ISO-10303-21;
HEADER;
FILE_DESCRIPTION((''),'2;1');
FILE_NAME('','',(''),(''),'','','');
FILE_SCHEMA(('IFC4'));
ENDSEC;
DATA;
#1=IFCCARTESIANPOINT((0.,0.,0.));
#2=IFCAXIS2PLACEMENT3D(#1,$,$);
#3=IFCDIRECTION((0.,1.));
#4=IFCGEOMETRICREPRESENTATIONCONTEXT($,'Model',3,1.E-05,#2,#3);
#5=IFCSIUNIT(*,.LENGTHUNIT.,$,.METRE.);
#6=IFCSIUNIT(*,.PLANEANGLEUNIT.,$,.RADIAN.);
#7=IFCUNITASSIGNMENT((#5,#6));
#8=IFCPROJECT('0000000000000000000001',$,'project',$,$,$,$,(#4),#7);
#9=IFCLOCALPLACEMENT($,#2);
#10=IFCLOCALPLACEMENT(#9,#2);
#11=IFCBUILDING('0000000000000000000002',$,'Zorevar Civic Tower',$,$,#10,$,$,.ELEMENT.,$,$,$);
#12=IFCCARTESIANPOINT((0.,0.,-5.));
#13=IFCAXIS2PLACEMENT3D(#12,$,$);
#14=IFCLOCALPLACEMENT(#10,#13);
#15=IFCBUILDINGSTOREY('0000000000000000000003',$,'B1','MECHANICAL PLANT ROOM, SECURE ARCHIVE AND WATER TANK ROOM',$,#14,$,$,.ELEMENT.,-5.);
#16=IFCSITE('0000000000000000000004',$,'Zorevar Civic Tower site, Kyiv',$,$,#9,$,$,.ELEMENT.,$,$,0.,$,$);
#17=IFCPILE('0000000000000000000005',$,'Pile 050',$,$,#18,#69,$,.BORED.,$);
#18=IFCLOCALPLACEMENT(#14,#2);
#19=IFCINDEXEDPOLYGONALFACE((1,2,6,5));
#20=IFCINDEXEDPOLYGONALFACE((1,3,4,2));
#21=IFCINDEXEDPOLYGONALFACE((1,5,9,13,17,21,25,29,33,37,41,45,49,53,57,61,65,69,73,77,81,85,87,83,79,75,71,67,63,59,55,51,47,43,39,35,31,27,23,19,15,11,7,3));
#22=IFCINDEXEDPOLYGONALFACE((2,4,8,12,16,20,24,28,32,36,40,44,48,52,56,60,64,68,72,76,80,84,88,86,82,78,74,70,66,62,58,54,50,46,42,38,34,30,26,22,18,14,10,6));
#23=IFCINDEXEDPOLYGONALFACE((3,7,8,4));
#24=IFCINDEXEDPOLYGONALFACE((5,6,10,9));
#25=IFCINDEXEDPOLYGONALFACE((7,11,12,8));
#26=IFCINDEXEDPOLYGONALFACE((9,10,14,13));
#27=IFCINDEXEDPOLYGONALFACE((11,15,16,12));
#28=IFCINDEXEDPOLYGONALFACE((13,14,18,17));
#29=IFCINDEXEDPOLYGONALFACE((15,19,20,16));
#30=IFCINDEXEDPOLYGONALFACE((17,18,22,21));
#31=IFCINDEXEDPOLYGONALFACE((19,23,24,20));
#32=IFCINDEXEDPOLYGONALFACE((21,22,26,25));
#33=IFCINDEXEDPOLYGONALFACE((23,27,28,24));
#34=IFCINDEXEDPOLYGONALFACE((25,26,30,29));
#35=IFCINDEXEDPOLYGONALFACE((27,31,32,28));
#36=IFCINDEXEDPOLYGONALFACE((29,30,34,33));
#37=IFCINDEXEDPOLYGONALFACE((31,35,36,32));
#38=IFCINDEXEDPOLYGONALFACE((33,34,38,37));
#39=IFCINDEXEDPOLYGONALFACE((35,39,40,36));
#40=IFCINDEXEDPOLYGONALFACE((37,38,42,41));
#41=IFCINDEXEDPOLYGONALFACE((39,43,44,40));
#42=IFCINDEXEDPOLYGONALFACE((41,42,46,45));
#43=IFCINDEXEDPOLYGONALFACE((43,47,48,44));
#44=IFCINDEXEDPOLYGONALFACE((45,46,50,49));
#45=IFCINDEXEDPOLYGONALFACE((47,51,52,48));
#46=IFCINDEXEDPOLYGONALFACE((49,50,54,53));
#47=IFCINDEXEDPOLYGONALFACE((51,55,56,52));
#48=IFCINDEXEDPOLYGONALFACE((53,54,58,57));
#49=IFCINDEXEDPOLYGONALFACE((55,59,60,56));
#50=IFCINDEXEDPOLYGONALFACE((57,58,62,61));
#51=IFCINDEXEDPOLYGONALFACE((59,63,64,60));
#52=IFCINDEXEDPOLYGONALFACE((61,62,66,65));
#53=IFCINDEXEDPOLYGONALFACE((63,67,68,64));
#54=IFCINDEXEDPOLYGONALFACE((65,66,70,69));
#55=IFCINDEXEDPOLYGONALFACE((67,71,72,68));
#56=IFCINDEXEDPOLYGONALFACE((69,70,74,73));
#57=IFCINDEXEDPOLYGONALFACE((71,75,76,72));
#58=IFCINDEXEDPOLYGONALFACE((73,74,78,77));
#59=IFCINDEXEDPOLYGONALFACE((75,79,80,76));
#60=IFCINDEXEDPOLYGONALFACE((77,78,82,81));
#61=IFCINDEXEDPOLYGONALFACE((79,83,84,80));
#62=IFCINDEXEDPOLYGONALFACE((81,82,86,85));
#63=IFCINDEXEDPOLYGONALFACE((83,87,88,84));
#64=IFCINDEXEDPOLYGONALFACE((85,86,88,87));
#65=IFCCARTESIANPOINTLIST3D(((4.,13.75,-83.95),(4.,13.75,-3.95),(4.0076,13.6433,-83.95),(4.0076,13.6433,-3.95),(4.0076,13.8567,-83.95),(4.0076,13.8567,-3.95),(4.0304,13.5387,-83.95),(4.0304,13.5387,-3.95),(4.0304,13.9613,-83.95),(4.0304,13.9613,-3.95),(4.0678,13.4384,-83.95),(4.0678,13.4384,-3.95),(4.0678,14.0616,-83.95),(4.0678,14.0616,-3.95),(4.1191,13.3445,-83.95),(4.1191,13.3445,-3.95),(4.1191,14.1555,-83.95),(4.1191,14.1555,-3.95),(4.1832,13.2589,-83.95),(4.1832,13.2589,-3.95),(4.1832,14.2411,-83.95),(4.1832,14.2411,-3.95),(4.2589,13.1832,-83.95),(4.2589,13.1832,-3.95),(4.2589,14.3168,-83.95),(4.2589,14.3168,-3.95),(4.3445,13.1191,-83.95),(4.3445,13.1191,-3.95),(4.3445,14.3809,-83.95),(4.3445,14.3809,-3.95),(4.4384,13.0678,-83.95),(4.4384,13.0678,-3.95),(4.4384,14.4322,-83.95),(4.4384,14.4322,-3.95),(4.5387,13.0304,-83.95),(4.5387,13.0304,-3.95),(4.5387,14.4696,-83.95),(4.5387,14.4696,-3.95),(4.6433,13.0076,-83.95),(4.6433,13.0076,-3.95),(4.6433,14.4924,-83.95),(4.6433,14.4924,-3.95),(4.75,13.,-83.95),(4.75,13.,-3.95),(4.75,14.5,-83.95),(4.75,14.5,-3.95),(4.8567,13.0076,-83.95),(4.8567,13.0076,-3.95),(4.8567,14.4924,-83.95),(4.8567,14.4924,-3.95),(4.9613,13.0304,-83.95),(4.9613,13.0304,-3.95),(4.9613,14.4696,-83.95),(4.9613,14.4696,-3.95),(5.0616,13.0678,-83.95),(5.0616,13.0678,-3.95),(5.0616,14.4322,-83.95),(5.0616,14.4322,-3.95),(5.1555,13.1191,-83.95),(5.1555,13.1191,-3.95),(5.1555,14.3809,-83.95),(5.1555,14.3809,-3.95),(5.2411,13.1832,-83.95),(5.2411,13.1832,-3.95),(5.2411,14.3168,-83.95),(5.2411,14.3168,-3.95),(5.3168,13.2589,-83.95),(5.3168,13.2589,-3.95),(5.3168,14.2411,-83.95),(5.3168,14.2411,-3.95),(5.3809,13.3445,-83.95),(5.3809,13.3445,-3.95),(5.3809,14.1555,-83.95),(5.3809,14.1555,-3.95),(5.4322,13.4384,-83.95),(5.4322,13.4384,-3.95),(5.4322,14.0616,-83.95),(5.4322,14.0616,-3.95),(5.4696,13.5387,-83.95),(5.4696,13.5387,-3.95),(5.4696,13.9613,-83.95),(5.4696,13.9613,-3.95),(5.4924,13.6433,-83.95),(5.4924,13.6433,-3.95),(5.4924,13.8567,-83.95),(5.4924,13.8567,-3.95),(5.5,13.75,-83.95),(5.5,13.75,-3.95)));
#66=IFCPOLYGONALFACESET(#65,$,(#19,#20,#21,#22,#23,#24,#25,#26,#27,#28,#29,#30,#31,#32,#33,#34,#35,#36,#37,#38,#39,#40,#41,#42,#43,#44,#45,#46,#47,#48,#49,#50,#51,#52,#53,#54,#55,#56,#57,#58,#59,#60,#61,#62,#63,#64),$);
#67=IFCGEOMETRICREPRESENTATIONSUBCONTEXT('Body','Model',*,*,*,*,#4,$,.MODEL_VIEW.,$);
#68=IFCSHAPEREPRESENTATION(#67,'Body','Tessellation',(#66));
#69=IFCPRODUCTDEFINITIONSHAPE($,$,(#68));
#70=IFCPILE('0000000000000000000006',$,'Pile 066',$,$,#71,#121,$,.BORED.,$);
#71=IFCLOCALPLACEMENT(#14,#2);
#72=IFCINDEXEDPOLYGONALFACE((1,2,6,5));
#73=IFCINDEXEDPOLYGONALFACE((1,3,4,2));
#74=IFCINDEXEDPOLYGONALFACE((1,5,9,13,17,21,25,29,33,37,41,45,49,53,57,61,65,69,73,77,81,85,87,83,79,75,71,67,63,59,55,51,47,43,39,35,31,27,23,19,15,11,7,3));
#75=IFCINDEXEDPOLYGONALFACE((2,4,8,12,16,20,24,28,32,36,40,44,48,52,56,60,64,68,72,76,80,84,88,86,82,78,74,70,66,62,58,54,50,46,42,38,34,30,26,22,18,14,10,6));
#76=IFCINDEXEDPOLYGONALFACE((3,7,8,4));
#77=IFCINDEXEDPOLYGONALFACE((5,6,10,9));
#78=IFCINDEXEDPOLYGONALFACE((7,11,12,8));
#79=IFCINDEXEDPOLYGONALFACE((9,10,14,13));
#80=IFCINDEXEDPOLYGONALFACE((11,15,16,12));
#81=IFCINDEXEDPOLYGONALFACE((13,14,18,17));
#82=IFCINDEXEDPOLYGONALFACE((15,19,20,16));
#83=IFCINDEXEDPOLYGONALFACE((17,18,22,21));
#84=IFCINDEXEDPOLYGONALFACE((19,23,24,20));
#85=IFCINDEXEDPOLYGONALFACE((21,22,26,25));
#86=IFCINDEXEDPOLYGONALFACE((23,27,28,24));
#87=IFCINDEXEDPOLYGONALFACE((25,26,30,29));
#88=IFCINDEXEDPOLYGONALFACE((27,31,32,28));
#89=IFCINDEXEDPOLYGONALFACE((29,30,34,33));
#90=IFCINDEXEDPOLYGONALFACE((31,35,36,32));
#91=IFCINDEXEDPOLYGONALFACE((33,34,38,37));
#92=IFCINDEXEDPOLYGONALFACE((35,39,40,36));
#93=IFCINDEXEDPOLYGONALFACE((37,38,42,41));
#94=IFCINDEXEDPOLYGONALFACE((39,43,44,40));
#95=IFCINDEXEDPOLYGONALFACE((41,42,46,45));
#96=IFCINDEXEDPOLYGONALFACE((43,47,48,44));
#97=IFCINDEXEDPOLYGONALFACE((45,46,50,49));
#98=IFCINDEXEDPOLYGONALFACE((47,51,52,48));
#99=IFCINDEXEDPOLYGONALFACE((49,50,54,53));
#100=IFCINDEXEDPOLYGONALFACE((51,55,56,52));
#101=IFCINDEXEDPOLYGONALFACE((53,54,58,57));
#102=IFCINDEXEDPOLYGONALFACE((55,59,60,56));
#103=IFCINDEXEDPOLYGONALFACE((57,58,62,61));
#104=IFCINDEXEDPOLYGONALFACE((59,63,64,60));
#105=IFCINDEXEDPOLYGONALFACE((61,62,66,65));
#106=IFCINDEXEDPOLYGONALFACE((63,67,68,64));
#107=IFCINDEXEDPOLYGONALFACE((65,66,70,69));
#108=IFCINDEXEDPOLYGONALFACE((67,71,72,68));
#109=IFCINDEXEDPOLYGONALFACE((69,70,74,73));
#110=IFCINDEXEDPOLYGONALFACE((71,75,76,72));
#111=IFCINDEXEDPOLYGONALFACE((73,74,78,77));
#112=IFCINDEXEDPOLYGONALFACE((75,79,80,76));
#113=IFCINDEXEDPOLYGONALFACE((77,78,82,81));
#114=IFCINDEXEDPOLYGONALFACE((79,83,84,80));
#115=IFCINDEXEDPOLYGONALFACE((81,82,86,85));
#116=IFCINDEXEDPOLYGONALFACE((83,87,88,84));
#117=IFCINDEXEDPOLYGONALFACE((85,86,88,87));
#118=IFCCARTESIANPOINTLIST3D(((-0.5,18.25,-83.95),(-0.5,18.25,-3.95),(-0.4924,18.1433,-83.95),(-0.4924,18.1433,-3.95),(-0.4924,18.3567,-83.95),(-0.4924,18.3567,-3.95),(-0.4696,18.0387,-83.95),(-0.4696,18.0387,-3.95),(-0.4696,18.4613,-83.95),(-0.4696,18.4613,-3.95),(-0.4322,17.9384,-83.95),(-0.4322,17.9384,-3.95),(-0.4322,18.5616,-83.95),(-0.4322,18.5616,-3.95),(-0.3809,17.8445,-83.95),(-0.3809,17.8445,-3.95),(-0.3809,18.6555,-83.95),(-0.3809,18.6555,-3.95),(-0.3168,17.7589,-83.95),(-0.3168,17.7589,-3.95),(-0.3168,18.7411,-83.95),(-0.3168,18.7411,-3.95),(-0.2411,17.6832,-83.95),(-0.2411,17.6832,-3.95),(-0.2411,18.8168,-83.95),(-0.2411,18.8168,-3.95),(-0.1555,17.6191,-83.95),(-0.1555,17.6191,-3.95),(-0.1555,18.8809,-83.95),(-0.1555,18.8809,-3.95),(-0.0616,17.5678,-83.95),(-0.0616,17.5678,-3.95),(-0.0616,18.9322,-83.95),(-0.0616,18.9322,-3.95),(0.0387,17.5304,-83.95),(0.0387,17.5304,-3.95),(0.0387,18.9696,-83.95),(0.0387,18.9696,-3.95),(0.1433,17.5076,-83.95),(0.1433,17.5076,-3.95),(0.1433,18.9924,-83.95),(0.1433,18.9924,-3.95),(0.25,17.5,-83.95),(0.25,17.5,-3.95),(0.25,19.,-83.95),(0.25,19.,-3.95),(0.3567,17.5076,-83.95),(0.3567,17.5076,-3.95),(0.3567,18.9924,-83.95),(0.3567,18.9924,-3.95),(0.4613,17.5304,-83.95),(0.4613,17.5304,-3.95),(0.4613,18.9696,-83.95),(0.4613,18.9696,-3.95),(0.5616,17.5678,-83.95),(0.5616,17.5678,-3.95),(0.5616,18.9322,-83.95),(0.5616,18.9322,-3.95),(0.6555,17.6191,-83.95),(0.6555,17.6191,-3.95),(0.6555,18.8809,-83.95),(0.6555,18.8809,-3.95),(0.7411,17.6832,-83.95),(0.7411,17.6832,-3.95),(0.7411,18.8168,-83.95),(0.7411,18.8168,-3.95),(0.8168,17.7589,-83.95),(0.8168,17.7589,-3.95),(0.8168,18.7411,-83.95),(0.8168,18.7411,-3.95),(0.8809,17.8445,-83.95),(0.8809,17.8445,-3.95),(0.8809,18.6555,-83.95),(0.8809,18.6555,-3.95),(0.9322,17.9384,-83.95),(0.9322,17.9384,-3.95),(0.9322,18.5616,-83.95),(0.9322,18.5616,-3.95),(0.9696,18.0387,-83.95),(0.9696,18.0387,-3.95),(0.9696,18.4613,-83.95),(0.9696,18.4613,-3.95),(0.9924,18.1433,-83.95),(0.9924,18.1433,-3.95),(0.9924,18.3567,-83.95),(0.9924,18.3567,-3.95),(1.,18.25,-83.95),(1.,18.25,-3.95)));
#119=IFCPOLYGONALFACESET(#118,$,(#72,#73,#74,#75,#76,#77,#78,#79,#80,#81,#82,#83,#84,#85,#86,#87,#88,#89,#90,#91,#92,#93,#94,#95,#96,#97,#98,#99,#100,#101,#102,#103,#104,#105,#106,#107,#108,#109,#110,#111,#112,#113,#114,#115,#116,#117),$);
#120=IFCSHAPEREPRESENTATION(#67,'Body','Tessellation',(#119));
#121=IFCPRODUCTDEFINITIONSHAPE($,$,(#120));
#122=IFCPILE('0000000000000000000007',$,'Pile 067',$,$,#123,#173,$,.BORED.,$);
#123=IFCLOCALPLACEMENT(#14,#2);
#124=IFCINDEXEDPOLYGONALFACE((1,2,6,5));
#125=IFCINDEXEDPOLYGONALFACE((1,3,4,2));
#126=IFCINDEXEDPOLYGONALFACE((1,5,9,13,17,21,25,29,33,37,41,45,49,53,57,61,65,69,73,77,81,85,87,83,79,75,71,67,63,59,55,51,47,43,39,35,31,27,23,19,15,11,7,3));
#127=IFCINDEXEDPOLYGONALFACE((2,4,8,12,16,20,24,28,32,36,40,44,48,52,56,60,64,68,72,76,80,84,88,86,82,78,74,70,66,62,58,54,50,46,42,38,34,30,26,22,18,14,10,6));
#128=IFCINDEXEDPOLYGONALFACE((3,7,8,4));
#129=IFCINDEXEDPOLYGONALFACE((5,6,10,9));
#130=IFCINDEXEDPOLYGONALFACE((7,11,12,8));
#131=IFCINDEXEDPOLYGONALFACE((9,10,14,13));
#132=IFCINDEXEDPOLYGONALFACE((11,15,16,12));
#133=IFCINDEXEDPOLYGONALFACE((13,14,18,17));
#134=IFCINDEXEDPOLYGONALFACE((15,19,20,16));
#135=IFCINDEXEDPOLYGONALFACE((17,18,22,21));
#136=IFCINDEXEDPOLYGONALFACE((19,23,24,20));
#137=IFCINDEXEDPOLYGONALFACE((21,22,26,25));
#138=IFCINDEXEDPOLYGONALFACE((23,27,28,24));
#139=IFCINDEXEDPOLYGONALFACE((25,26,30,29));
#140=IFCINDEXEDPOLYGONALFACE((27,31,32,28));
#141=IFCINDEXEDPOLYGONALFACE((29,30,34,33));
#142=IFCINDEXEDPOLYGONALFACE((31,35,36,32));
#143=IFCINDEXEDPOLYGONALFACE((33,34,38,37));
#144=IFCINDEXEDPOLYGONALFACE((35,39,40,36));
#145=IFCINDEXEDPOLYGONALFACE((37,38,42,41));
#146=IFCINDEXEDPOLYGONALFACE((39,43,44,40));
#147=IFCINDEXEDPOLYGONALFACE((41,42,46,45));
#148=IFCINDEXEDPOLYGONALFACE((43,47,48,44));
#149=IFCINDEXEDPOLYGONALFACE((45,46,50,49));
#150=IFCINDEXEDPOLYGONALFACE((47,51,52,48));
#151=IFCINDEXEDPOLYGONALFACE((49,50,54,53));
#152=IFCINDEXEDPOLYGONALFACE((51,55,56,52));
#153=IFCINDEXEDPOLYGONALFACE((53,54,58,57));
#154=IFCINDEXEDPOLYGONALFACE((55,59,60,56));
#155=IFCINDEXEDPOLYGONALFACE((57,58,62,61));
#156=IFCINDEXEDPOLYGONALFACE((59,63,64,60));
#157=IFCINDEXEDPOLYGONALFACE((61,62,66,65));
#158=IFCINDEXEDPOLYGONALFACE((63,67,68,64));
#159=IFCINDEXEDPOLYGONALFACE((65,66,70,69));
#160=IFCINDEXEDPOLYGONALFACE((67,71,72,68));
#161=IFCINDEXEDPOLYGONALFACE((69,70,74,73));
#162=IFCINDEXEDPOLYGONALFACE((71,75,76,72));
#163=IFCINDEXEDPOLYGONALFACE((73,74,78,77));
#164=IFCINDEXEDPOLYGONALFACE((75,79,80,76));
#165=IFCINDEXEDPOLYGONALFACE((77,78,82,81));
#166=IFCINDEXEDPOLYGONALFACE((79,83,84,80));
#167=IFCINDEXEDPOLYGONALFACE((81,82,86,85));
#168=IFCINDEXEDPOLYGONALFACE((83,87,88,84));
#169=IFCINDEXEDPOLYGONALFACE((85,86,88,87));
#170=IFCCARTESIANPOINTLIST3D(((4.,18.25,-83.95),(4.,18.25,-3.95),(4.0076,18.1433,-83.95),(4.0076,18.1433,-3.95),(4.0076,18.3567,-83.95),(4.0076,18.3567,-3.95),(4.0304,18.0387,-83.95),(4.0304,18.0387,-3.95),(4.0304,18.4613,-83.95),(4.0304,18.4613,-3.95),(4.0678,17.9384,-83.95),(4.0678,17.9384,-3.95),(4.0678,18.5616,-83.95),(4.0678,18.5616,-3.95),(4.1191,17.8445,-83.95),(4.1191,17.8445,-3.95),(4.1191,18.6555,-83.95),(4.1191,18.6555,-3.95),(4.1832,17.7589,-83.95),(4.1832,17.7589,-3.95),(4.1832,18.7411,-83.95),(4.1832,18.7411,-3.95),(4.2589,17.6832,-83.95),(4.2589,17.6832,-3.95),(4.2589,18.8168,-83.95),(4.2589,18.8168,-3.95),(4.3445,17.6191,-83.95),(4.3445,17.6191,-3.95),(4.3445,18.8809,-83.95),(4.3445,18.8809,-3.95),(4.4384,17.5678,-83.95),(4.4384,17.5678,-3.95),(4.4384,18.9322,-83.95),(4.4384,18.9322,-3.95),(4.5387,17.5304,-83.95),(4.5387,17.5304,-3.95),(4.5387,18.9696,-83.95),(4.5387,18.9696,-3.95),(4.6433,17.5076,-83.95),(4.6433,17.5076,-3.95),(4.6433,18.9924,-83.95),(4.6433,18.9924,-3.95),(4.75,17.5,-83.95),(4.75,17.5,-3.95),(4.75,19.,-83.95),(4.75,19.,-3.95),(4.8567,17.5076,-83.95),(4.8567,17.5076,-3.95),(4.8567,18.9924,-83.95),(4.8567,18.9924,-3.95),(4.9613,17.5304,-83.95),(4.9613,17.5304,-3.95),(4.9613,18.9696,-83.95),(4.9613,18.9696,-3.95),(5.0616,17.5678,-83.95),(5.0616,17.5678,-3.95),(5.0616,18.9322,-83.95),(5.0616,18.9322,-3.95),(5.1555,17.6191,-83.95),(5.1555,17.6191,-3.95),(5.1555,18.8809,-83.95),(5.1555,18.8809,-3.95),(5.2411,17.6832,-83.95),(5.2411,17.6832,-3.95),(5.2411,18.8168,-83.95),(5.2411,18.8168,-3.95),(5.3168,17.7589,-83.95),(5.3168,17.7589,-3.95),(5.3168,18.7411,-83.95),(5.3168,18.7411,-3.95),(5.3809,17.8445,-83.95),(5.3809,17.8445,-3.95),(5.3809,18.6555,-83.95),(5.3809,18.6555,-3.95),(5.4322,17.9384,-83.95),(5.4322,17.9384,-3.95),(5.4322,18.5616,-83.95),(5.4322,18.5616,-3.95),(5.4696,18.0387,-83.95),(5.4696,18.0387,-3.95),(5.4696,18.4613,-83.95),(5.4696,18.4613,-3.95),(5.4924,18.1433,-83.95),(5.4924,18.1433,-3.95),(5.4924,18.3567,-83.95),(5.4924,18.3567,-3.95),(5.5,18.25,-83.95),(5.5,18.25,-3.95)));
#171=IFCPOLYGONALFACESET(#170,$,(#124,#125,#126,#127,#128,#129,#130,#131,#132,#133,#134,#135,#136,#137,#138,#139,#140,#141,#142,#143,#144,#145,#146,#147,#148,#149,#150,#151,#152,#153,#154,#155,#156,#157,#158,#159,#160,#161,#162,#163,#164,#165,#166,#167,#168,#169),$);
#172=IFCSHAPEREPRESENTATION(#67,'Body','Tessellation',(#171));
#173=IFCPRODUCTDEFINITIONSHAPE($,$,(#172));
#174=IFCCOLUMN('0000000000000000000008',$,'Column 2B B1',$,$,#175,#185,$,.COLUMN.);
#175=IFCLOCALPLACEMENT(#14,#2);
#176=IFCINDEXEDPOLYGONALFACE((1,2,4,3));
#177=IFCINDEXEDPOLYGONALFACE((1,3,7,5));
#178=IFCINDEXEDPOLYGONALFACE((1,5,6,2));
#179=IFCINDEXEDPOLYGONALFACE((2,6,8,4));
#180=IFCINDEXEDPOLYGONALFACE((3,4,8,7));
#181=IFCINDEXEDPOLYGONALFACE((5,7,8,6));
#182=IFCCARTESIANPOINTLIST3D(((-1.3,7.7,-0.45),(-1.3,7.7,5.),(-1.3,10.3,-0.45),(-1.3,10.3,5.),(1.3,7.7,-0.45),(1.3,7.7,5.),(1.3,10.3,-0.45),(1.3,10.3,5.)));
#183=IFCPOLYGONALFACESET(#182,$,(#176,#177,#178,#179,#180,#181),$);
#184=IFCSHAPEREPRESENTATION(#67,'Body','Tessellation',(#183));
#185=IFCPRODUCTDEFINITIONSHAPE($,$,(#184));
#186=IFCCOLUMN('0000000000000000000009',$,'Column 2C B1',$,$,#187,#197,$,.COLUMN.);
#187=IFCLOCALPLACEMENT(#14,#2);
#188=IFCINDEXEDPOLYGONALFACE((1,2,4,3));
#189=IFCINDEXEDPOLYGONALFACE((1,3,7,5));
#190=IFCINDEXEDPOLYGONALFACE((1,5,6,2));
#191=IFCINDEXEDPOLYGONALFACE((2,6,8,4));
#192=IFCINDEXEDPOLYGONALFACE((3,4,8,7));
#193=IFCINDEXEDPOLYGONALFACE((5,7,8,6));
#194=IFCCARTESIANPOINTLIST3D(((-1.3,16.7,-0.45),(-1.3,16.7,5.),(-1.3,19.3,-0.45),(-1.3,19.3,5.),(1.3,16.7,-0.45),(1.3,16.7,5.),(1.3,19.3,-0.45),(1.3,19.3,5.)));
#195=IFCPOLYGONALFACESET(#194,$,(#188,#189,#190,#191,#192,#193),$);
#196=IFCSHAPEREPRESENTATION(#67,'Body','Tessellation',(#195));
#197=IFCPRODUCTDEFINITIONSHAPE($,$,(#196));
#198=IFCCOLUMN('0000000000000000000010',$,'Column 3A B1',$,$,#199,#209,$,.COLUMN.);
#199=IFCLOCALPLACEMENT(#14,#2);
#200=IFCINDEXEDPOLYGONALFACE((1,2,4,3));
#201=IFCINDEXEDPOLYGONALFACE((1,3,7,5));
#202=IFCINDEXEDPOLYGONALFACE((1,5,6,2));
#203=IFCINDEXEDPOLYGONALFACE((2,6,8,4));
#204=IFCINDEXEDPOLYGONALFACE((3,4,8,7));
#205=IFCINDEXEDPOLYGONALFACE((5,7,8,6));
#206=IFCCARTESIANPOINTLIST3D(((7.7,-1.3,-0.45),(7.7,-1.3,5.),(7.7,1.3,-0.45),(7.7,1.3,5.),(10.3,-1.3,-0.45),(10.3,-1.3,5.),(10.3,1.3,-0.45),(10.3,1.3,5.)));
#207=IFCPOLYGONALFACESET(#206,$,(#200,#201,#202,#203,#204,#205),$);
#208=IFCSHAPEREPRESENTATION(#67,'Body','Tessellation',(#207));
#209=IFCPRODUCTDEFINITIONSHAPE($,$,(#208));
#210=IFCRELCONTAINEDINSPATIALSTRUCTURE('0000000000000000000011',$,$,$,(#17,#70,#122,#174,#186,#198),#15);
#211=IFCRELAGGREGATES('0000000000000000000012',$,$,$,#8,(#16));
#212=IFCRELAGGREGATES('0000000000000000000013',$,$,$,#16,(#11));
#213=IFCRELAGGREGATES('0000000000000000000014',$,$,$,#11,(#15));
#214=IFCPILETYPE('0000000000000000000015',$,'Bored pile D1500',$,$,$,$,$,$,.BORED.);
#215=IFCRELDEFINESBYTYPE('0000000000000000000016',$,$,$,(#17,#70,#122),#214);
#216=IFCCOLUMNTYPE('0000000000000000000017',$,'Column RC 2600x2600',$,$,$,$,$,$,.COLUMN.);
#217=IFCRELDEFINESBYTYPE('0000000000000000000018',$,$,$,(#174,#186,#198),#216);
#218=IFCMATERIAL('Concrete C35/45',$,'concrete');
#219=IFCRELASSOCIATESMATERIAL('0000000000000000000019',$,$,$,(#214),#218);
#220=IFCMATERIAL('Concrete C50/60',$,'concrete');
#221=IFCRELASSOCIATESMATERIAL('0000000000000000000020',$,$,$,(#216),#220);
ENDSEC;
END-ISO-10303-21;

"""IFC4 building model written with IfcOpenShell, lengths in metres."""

from ifc_helpers import new_model, si_unit, direction, frame, origin, origin_2d, place, context, subcontext, project, spatial, rectangle, circle, extrude, material, material_profile, profile_set, type_object, element, save


model = new_model("IFC4")

# Units and contexts
model_context = context("Model", 3, precision=1e-05, world=origin(), true_north=direction((0.0, 1.0)))
body_context = subcontext(model_context, "Body", "Model", "MODEL_VIEW")
ifc_project = project(units=[si_unit("LENGTHUNIT", "METRE"), si_unit("PLANEANGLEUNIT", "RADIAN")], contexts=[model_context])

# Site, building, storey
site_placement = place(None, origin())
site = spatial("IfcSite", under=ifc_project, at=site_placement, Name="Zorevar Civic Tower site, Kyiv", CompositionType="ELEMENT", RefElevation=0.0)
building_placement = place(site_placement, origin())
building = spatial("IfcBuilding", under=site, at=building_placement, Name="Zorevar Civic Tower", CompositionType="ELEMENT")
storey_placement = place(building_placement, frame((0.0, 0.0, -5.0)))
storey = spatial("IfcBuildingStorey", under=building, at=storey_placement, Name="B1", Description="MECHANICAL PLANT ROOM, SECURE ARCHIVE AND WATER TANK ROOM", CompositionType="ELEMENT", Elevation=-5.0)

# Piles
ifc_material_1 = material(Name="Concrete C35/45", Category="concrete")
pile_type_1 = type_object("IfcPileType", Name="Bored pile D1500", PredefinedType="BORED", material=ifc_material_1)
for number, where, z_axis, x_axis, name in (
    (1, (4.75, 13.75, -3.95), (0.0, 0.0, -1.0), (1.0, 0.0, 0.0), "Pile 050"),
    (2, (0.25, 18.25, -3.95), (0.0, 0.0, -1.0), (1.0, 0.0, 0.0), "Pile 066"),
    (3, (4.75, 18.25, -3.95), (0.0, 0.0, -1.0), (1.0, 0.0, 0.0), "Pile 067"),
):
    element("IfcPile", number, at=place(storey_placement, frame(where, z_axis=z_axis, x_axis=x_axis)), inside=storey, type_object=pile_type_1, Name=name, PredefinedType="BORED", context=body_context, shape_type="SweptSolid", body=[
        extrude(circle(Radius=0.75, at=origin_2d()), origin(), (0.0, 0.0, 1.0), 80.0),
    ])

# Columns
ifc_material_2 = material(Name="Concrete C50/60", Category="concrete")
ifc_material_profile_1 = material_profile(ifc_material_2, rectangle(XDim=2.6001, YDim=2.6001, at=origin_2d()), Name="RC 2600x2600")
ifc_profile_set_1 = profile_set([ifc_material_profile_1], Name="Concrete C50/60")
column_type_1 = type_object("IfcColumnType", Name="Column RC 2600x2600", PredefinedType="COLUMN", material=ifc_profile_set_1)
for number, where, z_axis, x_axis, name in (
    (4, (0.0, 9.0, -0.45), (0.0, 0.0, 1.0), (1.0, 0.0, 0.0), "Column 2B B1"),
    (5, (0.0, 18.0, -0.45), (0.0, 0.0, 1.0), (1.0, 0.0, 0.0), "Column 2C B1"),
    (6, (9.0, 0.0, -0.45), (0.0, 0.0, 1.0), (1.0, 0.0, 0.0), "Column 3A B1"),
):
    element("IfcColumn", number, at=place(storey_placement, frame(where, z_axis=z_axis, x_axis=x_axis)), inside=storey, type_object=column_type_1, Name=name, PredefinedType="COLUMN", context=body_context, shape_type="SweptSolid", body=[
        extrude(rectangle(XDim=2.6001, YDim=2.6001, at=origin_2d()), origin(), (0.0, 0.0, 1.0), 5.45),
    ])

save(model, "model.ifc")
